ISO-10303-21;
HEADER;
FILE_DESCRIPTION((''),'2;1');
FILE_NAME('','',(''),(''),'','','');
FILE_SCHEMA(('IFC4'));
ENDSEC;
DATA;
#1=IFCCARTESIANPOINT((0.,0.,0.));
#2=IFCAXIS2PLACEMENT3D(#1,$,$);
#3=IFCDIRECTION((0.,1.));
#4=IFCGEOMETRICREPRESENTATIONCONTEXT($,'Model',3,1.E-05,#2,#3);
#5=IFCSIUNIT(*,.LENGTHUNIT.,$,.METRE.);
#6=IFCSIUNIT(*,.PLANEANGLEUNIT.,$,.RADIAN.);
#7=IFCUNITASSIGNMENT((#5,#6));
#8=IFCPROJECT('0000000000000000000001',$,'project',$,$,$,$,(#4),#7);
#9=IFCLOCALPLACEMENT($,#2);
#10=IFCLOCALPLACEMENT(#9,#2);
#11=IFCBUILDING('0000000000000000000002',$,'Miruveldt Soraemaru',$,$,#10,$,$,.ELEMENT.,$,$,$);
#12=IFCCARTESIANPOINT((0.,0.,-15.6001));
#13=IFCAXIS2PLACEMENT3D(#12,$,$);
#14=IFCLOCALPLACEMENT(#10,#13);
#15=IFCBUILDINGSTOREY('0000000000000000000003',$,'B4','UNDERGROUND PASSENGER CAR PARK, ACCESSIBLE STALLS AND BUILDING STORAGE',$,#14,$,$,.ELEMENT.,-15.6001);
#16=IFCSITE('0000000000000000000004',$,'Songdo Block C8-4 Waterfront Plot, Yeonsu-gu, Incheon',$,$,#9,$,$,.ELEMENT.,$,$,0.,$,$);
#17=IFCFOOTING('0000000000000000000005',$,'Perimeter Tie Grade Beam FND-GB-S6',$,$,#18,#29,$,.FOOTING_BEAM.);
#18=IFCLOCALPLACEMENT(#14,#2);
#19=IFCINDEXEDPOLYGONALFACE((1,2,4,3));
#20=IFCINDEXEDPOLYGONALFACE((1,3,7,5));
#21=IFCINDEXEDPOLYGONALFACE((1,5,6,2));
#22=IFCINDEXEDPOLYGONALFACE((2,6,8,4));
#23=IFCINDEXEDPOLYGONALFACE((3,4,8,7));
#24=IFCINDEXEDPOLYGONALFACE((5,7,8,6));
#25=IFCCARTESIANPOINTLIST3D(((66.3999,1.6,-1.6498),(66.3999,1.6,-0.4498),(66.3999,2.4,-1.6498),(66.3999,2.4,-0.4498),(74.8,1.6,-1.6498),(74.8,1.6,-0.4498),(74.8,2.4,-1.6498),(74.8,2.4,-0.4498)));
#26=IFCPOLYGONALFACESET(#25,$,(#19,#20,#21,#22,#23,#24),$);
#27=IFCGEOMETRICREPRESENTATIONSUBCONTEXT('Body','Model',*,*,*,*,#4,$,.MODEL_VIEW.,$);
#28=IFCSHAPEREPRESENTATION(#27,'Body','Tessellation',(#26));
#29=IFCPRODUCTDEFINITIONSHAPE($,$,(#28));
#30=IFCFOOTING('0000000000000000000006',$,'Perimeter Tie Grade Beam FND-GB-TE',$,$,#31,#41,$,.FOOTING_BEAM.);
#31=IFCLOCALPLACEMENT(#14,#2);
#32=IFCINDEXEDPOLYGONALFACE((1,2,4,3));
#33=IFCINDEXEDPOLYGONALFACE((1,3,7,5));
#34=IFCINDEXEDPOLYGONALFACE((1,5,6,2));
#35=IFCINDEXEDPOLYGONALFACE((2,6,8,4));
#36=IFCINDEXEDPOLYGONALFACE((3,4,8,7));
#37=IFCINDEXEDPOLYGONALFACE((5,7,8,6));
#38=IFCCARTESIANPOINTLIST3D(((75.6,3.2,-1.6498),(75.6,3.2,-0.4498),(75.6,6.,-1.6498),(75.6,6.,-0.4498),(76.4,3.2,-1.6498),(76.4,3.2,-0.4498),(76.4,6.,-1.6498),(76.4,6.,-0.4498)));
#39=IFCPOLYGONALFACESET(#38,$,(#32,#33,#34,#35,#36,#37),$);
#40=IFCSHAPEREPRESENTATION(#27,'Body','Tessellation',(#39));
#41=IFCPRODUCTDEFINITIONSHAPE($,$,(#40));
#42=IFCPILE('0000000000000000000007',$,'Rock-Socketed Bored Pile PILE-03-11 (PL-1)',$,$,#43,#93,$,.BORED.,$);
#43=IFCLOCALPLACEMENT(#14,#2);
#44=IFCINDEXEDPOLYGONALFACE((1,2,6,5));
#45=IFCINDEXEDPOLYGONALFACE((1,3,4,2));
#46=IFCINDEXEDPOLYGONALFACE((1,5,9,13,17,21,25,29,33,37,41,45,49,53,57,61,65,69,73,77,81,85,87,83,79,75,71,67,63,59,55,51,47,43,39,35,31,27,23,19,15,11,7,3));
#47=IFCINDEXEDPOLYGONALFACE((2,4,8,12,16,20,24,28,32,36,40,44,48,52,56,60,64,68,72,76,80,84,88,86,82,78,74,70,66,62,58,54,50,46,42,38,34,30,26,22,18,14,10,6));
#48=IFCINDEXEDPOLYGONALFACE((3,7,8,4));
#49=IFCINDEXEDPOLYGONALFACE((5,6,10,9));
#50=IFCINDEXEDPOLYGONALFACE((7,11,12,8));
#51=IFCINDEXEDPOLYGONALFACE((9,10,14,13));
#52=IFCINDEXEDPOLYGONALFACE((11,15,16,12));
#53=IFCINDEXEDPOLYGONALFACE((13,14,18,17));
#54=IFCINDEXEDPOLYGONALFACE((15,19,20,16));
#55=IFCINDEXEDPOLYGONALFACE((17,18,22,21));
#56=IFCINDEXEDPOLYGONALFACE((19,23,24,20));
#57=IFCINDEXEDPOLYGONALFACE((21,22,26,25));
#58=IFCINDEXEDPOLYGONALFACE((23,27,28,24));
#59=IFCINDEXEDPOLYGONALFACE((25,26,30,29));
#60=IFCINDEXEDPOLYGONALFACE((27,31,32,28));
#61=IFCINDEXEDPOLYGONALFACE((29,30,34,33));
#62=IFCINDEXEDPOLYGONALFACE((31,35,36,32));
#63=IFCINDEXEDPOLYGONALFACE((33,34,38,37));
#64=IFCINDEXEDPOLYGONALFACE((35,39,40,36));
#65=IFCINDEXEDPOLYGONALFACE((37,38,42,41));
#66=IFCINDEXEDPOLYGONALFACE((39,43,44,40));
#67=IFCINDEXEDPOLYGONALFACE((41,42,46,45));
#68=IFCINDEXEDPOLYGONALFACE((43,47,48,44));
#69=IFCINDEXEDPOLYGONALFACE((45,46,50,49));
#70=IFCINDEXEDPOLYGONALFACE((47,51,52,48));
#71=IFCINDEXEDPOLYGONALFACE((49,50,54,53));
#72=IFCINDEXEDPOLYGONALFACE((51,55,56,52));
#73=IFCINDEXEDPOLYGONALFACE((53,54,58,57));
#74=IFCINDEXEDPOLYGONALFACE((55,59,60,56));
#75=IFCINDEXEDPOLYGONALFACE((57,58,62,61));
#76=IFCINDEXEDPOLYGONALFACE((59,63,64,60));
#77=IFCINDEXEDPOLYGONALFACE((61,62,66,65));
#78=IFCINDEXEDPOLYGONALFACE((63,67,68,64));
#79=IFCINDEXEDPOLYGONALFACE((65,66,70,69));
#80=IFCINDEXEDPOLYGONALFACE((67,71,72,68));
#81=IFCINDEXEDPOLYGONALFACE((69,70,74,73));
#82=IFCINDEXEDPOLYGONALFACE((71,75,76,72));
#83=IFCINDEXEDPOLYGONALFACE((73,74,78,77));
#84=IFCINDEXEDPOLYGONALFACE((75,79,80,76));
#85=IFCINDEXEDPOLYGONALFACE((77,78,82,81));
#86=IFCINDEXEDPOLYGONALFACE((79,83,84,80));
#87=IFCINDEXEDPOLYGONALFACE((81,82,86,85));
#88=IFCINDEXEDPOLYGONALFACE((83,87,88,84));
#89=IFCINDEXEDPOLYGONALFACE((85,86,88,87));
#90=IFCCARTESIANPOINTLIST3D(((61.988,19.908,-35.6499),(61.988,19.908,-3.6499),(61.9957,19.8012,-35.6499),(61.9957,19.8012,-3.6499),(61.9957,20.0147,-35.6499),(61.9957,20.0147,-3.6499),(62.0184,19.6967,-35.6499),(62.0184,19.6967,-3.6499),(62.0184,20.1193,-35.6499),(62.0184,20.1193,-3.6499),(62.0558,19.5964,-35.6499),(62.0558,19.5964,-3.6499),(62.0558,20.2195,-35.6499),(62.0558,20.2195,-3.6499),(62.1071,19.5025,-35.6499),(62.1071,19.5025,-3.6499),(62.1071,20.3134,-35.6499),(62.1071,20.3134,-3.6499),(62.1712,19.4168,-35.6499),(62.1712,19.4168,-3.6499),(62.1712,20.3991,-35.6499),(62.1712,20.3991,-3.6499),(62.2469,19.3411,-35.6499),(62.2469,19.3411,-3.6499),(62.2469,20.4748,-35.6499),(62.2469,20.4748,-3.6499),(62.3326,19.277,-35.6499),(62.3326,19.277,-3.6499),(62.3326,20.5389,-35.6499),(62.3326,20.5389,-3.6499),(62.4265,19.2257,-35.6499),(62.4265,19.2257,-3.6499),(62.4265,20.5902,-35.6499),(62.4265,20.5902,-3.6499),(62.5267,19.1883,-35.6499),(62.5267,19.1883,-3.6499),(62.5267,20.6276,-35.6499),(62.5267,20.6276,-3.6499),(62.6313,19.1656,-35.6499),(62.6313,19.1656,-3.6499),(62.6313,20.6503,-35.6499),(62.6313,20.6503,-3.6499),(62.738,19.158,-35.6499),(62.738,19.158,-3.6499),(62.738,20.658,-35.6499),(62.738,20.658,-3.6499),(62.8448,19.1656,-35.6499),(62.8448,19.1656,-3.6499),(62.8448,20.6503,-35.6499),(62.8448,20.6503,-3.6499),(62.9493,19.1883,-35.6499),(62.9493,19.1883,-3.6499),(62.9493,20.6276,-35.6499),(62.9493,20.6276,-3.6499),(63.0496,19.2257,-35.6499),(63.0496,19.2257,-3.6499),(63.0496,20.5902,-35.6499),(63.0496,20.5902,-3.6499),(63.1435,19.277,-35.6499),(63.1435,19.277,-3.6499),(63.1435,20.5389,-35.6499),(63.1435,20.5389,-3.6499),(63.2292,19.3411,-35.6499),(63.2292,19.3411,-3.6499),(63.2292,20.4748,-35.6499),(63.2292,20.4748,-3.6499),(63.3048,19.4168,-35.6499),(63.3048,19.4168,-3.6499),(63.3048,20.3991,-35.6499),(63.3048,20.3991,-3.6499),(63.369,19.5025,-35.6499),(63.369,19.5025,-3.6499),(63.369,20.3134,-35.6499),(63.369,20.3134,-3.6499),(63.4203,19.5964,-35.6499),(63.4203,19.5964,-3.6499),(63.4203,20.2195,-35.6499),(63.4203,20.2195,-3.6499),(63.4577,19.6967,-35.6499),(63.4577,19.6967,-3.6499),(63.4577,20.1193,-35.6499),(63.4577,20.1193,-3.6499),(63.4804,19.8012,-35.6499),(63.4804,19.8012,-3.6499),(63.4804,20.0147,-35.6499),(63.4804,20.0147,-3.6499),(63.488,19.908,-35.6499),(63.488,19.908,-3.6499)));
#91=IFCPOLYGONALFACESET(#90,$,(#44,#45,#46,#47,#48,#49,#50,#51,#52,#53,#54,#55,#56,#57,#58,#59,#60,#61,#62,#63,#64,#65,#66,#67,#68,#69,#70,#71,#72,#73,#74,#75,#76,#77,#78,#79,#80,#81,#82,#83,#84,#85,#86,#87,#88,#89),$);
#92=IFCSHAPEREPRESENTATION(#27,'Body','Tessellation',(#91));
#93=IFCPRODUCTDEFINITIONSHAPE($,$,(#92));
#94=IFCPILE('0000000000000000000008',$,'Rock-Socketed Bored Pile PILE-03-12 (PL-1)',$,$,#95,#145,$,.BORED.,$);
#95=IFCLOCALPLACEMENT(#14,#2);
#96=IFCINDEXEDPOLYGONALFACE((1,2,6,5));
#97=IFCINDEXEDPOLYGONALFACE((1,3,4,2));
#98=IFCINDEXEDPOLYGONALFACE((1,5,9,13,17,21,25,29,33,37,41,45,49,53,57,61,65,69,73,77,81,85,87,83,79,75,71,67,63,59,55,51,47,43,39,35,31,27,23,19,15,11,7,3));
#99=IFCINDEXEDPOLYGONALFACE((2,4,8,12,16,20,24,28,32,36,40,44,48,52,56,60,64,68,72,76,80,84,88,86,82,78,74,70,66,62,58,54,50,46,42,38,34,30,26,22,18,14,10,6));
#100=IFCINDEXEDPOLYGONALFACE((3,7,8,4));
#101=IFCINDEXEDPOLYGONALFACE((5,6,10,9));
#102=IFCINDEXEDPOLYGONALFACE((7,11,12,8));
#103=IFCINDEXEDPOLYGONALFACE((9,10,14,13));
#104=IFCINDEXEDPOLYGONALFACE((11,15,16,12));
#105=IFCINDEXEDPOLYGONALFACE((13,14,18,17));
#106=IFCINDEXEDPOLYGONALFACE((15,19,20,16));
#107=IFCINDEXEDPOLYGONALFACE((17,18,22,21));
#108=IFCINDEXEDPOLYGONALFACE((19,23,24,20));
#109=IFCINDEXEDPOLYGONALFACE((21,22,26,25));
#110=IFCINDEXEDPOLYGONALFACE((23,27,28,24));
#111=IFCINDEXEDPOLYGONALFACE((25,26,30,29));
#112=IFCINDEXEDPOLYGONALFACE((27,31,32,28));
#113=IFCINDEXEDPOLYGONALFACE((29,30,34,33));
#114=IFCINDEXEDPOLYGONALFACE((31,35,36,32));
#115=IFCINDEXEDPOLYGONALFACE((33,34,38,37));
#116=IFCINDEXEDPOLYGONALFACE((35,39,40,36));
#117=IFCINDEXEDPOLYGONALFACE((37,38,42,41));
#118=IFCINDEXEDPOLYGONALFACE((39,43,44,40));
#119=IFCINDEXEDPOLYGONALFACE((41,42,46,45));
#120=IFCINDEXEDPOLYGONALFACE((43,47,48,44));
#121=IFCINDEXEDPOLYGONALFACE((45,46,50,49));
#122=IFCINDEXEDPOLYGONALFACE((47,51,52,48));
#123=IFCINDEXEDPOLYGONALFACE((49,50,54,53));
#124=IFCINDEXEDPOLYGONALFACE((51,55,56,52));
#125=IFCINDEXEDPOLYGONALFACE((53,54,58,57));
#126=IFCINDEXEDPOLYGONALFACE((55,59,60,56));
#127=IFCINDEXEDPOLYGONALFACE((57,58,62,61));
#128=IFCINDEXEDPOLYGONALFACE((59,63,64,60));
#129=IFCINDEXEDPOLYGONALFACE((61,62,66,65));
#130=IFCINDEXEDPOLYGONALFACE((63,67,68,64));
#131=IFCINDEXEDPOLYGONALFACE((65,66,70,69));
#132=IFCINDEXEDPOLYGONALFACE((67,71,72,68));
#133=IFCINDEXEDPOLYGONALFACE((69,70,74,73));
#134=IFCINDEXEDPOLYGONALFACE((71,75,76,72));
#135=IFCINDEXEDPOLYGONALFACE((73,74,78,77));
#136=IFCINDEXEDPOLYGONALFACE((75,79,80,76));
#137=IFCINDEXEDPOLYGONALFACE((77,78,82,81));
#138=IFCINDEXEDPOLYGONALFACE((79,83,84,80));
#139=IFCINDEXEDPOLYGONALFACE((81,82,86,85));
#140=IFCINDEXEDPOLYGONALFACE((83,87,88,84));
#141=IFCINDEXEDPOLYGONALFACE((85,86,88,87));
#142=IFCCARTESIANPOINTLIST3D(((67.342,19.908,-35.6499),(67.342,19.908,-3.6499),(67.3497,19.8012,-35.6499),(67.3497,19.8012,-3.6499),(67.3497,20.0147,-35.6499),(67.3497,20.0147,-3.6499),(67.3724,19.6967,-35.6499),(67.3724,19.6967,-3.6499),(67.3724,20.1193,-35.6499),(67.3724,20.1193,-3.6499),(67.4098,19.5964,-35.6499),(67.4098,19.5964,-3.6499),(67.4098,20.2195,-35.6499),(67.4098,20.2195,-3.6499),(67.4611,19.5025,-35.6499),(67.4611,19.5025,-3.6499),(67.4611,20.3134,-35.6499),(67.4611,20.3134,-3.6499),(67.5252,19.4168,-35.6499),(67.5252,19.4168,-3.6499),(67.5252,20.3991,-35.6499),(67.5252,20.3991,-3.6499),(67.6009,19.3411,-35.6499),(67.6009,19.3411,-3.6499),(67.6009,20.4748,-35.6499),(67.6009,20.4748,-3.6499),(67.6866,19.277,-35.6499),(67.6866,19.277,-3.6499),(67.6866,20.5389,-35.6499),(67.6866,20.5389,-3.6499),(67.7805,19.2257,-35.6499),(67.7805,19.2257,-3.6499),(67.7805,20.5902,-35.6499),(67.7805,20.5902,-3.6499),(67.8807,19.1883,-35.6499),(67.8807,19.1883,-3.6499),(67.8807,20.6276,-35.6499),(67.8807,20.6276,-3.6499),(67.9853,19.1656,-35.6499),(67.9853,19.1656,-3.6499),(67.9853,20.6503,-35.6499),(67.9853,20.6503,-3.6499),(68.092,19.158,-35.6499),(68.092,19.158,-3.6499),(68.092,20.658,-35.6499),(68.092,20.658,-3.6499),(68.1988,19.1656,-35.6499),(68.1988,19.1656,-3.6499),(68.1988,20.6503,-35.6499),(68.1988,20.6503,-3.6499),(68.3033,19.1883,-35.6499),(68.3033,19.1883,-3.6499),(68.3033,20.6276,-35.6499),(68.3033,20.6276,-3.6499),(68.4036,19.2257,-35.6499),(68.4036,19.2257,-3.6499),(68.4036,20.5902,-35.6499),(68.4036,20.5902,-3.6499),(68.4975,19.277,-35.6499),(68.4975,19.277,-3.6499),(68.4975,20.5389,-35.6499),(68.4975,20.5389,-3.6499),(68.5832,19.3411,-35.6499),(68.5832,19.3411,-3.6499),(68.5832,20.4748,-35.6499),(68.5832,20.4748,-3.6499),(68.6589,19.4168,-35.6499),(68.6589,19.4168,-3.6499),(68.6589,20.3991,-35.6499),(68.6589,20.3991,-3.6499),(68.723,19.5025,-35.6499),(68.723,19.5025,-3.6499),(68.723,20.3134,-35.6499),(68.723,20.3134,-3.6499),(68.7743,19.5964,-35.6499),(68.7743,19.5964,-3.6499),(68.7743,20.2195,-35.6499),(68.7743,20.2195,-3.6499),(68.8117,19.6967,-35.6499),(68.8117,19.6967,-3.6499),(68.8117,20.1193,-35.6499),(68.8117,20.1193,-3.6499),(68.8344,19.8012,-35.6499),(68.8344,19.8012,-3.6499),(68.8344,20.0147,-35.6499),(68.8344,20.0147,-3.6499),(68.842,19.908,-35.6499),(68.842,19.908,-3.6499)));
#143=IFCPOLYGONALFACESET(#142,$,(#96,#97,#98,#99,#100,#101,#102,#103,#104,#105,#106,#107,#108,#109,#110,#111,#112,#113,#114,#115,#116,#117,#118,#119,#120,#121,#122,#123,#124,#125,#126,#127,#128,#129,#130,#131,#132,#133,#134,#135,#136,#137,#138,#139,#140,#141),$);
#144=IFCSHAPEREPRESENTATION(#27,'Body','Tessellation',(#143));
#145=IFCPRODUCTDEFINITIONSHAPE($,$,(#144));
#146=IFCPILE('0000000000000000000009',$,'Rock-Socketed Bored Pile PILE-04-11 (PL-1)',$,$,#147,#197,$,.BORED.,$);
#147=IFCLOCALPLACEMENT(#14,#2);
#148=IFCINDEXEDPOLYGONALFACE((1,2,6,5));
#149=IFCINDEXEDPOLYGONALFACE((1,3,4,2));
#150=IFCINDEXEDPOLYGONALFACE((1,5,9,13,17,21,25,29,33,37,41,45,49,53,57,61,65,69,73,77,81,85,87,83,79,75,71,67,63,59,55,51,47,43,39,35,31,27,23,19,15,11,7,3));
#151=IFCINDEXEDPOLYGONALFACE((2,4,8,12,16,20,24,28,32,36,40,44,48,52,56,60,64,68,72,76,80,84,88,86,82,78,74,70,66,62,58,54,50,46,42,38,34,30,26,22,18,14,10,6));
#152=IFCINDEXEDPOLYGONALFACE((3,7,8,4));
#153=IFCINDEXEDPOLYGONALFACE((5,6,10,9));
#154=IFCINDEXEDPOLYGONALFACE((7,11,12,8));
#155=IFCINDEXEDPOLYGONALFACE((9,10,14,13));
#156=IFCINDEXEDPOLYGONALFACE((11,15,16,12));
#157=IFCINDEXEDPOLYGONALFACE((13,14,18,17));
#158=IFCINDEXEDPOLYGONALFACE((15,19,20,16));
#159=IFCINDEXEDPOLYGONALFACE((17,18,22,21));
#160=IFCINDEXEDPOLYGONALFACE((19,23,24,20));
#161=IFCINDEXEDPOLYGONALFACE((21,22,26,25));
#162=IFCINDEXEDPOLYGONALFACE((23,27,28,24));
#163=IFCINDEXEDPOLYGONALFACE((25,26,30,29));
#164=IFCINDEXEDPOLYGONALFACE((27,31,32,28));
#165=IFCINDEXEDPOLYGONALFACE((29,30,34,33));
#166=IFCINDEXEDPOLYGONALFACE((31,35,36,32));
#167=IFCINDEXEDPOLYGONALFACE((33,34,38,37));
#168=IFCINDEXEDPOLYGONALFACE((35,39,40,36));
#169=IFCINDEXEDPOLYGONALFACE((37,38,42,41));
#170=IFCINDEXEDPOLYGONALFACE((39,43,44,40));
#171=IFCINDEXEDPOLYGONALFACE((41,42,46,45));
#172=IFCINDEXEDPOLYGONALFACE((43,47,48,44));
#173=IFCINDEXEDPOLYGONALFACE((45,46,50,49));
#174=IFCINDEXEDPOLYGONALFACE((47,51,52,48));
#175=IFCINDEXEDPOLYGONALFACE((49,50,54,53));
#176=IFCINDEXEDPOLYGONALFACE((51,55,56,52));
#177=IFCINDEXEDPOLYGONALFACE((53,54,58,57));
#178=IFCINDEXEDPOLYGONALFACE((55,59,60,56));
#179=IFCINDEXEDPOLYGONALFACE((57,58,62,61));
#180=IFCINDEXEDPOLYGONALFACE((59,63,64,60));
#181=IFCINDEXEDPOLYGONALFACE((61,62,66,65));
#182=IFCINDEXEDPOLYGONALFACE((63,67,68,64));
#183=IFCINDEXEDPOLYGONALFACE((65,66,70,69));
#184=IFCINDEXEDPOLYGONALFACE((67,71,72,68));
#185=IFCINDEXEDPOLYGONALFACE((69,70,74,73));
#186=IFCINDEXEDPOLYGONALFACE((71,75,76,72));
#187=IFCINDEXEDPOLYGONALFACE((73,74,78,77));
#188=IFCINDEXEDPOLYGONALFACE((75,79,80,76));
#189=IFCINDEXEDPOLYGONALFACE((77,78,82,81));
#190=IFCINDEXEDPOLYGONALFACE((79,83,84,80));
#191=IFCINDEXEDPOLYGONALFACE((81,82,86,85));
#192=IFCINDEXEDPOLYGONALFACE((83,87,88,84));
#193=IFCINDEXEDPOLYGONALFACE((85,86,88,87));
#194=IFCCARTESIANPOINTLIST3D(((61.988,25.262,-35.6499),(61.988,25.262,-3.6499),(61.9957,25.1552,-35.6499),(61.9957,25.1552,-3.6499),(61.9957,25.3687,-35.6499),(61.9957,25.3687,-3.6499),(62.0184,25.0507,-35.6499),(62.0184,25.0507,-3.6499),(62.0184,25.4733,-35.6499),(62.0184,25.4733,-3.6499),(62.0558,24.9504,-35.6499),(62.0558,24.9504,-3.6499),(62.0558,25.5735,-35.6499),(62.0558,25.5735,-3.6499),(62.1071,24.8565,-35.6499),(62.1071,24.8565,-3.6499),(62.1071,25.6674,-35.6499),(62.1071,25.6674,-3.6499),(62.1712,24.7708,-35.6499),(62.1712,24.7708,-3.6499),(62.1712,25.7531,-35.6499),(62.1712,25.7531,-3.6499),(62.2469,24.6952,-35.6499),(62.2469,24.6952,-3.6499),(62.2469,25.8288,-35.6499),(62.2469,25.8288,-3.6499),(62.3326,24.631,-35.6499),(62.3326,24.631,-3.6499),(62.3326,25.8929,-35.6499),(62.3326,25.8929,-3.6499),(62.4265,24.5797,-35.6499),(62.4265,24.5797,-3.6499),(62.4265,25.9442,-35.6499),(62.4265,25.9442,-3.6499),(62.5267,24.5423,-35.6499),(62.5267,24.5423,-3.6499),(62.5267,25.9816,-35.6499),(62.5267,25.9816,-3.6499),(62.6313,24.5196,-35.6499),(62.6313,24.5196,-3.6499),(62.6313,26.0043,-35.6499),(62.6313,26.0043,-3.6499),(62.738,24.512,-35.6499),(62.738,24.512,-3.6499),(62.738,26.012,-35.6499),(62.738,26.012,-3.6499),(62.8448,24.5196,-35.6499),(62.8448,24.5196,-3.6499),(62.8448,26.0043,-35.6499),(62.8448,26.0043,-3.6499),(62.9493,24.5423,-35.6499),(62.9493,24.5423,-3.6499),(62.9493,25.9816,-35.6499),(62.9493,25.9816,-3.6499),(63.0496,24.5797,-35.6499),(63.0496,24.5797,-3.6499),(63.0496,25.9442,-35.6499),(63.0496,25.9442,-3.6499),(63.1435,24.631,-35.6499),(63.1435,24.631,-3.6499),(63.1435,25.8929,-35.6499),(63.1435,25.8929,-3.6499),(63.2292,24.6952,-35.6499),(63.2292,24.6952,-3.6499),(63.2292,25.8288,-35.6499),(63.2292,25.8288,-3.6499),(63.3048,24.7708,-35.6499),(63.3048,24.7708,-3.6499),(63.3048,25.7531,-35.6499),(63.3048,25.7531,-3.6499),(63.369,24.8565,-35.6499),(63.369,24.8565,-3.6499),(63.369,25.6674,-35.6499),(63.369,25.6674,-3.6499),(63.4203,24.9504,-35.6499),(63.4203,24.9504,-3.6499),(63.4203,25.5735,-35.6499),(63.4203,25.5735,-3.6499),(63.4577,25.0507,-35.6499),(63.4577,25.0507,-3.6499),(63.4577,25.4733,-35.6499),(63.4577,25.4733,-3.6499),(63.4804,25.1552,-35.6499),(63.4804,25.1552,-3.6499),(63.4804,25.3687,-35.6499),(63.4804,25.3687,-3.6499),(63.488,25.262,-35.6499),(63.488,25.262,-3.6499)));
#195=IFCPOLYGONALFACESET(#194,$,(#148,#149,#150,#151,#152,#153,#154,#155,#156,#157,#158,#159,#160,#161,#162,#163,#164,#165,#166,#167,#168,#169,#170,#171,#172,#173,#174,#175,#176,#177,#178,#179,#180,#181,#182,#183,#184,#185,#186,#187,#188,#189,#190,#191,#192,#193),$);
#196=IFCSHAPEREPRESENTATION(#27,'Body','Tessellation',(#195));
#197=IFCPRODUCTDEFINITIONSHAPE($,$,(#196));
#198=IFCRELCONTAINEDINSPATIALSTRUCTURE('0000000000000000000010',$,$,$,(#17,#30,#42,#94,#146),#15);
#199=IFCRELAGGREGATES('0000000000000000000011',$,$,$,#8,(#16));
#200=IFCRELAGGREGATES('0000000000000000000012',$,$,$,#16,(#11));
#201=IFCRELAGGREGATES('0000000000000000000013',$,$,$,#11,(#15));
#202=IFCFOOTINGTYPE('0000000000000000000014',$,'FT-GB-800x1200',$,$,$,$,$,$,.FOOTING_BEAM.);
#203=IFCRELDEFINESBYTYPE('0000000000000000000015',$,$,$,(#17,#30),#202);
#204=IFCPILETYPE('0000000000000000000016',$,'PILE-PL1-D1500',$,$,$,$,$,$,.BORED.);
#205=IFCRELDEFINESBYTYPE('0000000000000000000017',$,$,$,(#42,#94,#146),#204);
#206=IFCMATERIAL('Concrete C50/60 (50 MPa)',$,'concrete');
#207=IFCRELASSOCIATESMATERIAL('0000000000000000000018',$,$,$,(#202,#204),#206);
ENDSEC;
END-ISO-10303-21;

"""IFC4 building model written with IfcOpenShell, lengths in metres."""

from ifc_helpers import new_model, si_unit, direction, frame, origin, origin_2d, place, context, subcontext, project, spatial, rectangle, circle, extrude, material, material_profile, profile_set, type_object, element, save


model = new_model("IFC4")

# Units and contexts
model_context = context("Model", 3, precision=1e-05, world=origin(), true_north=direction((0.0, 1.0)))
body_context = subcontext(model_context, "Body", "Model", "MODEL_VIEW")
ifc_project = project(units=[si_unit("LENGTHUNIT", "METRE"), si_unit("PLANEANGLEUNIT", "RADIAN")], contexts=[model_context])

# Site, building, storey
site_placement = place(None, origin())
site = spatial("IfcSite", under=ifc_project, at=site_placement, Name="Songdo Block C8-4 Waterfront Plot, Yeonsu-gu, Incheon", CompositionType="ELEMENT", RefElevation=0.0)
building_placement = place(site_placement, origin())
building = spatial("IfcBuilding", under=site, at=building_placement, Name="Miruveldt Soraemaru", CompositionType="ELEMENT")
storey_placement = place(building_placement, frame((0.0, 0.0, -15.6001)))
storey = spatial("IfcBuildingStorey", under=building, at=storey_placement, Name="B4", Description="UNDERGROUND PASSENGER CAR PARK, ACCESSIBLE STALLS AND BUILDING STORAGE", CompositionType="ELEMENT", Elevation=-15.6001)

# Footings
ifc_material_1 = material(Name="Concrete C50/60 (50 MPa)", Category="concrete")
ifc_material_profile_1 = material_profile(ifc_material_1, rectangle(XDim=0.8, YDim=1.2, at=origin_2d()), Name="Concrete C50/60 (50 MPa)", Category="concrete")
ifc_profile_set_1 = profile_set([ifc_material_profile_1], Name="Concrete C50/60 (50 MPa)")
footing_type = type_object("IfcFootingType", Name="FT-GB-800x1200", PredefinedType="FOOTING_BEAM", material=ifc_profile_set_1)
footing_1_placement = place(storey_placement, frame((66.3999, 2.0, -1.0498), z_axis=(1.0, 0.0, 0.0), x_axis=(0.0, 1.0, 0.0)))
element("IfcFooting", 1, at=footing_1_placement, inside=storey, type_object=footing_type, Name="Perimeter Tie Grade Beam FND-GB-S6", PredefinedType="FOOTING_BEAM", context=body_context, shape_type="SweptSolid", body=[
    extrude(rectangle(XDim=0.8, YDim=1.2, at=origin_2d()), origin(), (0.0, 0.0, 1.0), 8.4001),
])
footing_2_placement = place(storey_placement, frame((76.0, 3.2, -1.0498), z_axis=(0.0, 1.0, 0.0), x_axis=(-1.0, 0.0, 0.0)))
element("IfcFooting", 2, at=footing_2_placement, inside=storey, type_object=footing_type, Name="Perimeter Tie Grade Beam FND-GB-TE", PredefinedType="FOOTING_BEAM", context=body_context, shape_type="SweptSolid", body=[
    extrude(rectangle(XDim=0.8, YDim=1.2, at=origin_2d()), origin(), (0.0, 0.0, 1.0), 2.8),
])

# Piles
ifc_material_profile_2 = material_profile(ifc_material_1, circle(Radius=0.75, at=origin_2d()), Name="Concrete C50/60 (50 MPa)", Category="concrete")
ifc_profile_set_2 = profile_set([ifc_material_profile_2], Name="Concrete C50/60 (50 MPa)")
pile_type_1 = type_object("IfcPileType", Name="PILE-PL1-D1500", PredefinedType="BORED", material=ifc_profile_set_2)
for number, where, z_axis, x_axis, name in (
    (3, (62.738, 19.908, -3.6499), (0.0, 0.0, -1.0), (1.0, 0.0, 0.0), "Rock-Socketed Bored Pile PILE-03-11 (PL-1)"),
    (4, (68.092, 19.908, -3.6499), (0.0, 0.0, -1.0), (1.0, 0.0, 0.0), "Rock-Socketed Bored Pile PILE-03-12 (PL-1)"),
    (5, (62.738, 25.262, -3.6499), (0.0, 0.0, -1.0), (1.0, 0.0, 0.0), "Rock-Socketed Bored Pile PILE-04-11 (PL-1)"),
):
    element("IfcPile", number, at=place(storey_placement, frame(where, z_axis=z_axis, x_axis=x_axis)), inside=storey, type_object=pile_type_1, Name=name, PredefinedType="BORED", context=body_context, shape_type="SweptSolid", body=[
        extrude(circle(Radius=0.75, at=origin_2d()), origin(), (0.0, 0.0, 1.0), 32.0),
    ])

save(model, "model.ifc")
